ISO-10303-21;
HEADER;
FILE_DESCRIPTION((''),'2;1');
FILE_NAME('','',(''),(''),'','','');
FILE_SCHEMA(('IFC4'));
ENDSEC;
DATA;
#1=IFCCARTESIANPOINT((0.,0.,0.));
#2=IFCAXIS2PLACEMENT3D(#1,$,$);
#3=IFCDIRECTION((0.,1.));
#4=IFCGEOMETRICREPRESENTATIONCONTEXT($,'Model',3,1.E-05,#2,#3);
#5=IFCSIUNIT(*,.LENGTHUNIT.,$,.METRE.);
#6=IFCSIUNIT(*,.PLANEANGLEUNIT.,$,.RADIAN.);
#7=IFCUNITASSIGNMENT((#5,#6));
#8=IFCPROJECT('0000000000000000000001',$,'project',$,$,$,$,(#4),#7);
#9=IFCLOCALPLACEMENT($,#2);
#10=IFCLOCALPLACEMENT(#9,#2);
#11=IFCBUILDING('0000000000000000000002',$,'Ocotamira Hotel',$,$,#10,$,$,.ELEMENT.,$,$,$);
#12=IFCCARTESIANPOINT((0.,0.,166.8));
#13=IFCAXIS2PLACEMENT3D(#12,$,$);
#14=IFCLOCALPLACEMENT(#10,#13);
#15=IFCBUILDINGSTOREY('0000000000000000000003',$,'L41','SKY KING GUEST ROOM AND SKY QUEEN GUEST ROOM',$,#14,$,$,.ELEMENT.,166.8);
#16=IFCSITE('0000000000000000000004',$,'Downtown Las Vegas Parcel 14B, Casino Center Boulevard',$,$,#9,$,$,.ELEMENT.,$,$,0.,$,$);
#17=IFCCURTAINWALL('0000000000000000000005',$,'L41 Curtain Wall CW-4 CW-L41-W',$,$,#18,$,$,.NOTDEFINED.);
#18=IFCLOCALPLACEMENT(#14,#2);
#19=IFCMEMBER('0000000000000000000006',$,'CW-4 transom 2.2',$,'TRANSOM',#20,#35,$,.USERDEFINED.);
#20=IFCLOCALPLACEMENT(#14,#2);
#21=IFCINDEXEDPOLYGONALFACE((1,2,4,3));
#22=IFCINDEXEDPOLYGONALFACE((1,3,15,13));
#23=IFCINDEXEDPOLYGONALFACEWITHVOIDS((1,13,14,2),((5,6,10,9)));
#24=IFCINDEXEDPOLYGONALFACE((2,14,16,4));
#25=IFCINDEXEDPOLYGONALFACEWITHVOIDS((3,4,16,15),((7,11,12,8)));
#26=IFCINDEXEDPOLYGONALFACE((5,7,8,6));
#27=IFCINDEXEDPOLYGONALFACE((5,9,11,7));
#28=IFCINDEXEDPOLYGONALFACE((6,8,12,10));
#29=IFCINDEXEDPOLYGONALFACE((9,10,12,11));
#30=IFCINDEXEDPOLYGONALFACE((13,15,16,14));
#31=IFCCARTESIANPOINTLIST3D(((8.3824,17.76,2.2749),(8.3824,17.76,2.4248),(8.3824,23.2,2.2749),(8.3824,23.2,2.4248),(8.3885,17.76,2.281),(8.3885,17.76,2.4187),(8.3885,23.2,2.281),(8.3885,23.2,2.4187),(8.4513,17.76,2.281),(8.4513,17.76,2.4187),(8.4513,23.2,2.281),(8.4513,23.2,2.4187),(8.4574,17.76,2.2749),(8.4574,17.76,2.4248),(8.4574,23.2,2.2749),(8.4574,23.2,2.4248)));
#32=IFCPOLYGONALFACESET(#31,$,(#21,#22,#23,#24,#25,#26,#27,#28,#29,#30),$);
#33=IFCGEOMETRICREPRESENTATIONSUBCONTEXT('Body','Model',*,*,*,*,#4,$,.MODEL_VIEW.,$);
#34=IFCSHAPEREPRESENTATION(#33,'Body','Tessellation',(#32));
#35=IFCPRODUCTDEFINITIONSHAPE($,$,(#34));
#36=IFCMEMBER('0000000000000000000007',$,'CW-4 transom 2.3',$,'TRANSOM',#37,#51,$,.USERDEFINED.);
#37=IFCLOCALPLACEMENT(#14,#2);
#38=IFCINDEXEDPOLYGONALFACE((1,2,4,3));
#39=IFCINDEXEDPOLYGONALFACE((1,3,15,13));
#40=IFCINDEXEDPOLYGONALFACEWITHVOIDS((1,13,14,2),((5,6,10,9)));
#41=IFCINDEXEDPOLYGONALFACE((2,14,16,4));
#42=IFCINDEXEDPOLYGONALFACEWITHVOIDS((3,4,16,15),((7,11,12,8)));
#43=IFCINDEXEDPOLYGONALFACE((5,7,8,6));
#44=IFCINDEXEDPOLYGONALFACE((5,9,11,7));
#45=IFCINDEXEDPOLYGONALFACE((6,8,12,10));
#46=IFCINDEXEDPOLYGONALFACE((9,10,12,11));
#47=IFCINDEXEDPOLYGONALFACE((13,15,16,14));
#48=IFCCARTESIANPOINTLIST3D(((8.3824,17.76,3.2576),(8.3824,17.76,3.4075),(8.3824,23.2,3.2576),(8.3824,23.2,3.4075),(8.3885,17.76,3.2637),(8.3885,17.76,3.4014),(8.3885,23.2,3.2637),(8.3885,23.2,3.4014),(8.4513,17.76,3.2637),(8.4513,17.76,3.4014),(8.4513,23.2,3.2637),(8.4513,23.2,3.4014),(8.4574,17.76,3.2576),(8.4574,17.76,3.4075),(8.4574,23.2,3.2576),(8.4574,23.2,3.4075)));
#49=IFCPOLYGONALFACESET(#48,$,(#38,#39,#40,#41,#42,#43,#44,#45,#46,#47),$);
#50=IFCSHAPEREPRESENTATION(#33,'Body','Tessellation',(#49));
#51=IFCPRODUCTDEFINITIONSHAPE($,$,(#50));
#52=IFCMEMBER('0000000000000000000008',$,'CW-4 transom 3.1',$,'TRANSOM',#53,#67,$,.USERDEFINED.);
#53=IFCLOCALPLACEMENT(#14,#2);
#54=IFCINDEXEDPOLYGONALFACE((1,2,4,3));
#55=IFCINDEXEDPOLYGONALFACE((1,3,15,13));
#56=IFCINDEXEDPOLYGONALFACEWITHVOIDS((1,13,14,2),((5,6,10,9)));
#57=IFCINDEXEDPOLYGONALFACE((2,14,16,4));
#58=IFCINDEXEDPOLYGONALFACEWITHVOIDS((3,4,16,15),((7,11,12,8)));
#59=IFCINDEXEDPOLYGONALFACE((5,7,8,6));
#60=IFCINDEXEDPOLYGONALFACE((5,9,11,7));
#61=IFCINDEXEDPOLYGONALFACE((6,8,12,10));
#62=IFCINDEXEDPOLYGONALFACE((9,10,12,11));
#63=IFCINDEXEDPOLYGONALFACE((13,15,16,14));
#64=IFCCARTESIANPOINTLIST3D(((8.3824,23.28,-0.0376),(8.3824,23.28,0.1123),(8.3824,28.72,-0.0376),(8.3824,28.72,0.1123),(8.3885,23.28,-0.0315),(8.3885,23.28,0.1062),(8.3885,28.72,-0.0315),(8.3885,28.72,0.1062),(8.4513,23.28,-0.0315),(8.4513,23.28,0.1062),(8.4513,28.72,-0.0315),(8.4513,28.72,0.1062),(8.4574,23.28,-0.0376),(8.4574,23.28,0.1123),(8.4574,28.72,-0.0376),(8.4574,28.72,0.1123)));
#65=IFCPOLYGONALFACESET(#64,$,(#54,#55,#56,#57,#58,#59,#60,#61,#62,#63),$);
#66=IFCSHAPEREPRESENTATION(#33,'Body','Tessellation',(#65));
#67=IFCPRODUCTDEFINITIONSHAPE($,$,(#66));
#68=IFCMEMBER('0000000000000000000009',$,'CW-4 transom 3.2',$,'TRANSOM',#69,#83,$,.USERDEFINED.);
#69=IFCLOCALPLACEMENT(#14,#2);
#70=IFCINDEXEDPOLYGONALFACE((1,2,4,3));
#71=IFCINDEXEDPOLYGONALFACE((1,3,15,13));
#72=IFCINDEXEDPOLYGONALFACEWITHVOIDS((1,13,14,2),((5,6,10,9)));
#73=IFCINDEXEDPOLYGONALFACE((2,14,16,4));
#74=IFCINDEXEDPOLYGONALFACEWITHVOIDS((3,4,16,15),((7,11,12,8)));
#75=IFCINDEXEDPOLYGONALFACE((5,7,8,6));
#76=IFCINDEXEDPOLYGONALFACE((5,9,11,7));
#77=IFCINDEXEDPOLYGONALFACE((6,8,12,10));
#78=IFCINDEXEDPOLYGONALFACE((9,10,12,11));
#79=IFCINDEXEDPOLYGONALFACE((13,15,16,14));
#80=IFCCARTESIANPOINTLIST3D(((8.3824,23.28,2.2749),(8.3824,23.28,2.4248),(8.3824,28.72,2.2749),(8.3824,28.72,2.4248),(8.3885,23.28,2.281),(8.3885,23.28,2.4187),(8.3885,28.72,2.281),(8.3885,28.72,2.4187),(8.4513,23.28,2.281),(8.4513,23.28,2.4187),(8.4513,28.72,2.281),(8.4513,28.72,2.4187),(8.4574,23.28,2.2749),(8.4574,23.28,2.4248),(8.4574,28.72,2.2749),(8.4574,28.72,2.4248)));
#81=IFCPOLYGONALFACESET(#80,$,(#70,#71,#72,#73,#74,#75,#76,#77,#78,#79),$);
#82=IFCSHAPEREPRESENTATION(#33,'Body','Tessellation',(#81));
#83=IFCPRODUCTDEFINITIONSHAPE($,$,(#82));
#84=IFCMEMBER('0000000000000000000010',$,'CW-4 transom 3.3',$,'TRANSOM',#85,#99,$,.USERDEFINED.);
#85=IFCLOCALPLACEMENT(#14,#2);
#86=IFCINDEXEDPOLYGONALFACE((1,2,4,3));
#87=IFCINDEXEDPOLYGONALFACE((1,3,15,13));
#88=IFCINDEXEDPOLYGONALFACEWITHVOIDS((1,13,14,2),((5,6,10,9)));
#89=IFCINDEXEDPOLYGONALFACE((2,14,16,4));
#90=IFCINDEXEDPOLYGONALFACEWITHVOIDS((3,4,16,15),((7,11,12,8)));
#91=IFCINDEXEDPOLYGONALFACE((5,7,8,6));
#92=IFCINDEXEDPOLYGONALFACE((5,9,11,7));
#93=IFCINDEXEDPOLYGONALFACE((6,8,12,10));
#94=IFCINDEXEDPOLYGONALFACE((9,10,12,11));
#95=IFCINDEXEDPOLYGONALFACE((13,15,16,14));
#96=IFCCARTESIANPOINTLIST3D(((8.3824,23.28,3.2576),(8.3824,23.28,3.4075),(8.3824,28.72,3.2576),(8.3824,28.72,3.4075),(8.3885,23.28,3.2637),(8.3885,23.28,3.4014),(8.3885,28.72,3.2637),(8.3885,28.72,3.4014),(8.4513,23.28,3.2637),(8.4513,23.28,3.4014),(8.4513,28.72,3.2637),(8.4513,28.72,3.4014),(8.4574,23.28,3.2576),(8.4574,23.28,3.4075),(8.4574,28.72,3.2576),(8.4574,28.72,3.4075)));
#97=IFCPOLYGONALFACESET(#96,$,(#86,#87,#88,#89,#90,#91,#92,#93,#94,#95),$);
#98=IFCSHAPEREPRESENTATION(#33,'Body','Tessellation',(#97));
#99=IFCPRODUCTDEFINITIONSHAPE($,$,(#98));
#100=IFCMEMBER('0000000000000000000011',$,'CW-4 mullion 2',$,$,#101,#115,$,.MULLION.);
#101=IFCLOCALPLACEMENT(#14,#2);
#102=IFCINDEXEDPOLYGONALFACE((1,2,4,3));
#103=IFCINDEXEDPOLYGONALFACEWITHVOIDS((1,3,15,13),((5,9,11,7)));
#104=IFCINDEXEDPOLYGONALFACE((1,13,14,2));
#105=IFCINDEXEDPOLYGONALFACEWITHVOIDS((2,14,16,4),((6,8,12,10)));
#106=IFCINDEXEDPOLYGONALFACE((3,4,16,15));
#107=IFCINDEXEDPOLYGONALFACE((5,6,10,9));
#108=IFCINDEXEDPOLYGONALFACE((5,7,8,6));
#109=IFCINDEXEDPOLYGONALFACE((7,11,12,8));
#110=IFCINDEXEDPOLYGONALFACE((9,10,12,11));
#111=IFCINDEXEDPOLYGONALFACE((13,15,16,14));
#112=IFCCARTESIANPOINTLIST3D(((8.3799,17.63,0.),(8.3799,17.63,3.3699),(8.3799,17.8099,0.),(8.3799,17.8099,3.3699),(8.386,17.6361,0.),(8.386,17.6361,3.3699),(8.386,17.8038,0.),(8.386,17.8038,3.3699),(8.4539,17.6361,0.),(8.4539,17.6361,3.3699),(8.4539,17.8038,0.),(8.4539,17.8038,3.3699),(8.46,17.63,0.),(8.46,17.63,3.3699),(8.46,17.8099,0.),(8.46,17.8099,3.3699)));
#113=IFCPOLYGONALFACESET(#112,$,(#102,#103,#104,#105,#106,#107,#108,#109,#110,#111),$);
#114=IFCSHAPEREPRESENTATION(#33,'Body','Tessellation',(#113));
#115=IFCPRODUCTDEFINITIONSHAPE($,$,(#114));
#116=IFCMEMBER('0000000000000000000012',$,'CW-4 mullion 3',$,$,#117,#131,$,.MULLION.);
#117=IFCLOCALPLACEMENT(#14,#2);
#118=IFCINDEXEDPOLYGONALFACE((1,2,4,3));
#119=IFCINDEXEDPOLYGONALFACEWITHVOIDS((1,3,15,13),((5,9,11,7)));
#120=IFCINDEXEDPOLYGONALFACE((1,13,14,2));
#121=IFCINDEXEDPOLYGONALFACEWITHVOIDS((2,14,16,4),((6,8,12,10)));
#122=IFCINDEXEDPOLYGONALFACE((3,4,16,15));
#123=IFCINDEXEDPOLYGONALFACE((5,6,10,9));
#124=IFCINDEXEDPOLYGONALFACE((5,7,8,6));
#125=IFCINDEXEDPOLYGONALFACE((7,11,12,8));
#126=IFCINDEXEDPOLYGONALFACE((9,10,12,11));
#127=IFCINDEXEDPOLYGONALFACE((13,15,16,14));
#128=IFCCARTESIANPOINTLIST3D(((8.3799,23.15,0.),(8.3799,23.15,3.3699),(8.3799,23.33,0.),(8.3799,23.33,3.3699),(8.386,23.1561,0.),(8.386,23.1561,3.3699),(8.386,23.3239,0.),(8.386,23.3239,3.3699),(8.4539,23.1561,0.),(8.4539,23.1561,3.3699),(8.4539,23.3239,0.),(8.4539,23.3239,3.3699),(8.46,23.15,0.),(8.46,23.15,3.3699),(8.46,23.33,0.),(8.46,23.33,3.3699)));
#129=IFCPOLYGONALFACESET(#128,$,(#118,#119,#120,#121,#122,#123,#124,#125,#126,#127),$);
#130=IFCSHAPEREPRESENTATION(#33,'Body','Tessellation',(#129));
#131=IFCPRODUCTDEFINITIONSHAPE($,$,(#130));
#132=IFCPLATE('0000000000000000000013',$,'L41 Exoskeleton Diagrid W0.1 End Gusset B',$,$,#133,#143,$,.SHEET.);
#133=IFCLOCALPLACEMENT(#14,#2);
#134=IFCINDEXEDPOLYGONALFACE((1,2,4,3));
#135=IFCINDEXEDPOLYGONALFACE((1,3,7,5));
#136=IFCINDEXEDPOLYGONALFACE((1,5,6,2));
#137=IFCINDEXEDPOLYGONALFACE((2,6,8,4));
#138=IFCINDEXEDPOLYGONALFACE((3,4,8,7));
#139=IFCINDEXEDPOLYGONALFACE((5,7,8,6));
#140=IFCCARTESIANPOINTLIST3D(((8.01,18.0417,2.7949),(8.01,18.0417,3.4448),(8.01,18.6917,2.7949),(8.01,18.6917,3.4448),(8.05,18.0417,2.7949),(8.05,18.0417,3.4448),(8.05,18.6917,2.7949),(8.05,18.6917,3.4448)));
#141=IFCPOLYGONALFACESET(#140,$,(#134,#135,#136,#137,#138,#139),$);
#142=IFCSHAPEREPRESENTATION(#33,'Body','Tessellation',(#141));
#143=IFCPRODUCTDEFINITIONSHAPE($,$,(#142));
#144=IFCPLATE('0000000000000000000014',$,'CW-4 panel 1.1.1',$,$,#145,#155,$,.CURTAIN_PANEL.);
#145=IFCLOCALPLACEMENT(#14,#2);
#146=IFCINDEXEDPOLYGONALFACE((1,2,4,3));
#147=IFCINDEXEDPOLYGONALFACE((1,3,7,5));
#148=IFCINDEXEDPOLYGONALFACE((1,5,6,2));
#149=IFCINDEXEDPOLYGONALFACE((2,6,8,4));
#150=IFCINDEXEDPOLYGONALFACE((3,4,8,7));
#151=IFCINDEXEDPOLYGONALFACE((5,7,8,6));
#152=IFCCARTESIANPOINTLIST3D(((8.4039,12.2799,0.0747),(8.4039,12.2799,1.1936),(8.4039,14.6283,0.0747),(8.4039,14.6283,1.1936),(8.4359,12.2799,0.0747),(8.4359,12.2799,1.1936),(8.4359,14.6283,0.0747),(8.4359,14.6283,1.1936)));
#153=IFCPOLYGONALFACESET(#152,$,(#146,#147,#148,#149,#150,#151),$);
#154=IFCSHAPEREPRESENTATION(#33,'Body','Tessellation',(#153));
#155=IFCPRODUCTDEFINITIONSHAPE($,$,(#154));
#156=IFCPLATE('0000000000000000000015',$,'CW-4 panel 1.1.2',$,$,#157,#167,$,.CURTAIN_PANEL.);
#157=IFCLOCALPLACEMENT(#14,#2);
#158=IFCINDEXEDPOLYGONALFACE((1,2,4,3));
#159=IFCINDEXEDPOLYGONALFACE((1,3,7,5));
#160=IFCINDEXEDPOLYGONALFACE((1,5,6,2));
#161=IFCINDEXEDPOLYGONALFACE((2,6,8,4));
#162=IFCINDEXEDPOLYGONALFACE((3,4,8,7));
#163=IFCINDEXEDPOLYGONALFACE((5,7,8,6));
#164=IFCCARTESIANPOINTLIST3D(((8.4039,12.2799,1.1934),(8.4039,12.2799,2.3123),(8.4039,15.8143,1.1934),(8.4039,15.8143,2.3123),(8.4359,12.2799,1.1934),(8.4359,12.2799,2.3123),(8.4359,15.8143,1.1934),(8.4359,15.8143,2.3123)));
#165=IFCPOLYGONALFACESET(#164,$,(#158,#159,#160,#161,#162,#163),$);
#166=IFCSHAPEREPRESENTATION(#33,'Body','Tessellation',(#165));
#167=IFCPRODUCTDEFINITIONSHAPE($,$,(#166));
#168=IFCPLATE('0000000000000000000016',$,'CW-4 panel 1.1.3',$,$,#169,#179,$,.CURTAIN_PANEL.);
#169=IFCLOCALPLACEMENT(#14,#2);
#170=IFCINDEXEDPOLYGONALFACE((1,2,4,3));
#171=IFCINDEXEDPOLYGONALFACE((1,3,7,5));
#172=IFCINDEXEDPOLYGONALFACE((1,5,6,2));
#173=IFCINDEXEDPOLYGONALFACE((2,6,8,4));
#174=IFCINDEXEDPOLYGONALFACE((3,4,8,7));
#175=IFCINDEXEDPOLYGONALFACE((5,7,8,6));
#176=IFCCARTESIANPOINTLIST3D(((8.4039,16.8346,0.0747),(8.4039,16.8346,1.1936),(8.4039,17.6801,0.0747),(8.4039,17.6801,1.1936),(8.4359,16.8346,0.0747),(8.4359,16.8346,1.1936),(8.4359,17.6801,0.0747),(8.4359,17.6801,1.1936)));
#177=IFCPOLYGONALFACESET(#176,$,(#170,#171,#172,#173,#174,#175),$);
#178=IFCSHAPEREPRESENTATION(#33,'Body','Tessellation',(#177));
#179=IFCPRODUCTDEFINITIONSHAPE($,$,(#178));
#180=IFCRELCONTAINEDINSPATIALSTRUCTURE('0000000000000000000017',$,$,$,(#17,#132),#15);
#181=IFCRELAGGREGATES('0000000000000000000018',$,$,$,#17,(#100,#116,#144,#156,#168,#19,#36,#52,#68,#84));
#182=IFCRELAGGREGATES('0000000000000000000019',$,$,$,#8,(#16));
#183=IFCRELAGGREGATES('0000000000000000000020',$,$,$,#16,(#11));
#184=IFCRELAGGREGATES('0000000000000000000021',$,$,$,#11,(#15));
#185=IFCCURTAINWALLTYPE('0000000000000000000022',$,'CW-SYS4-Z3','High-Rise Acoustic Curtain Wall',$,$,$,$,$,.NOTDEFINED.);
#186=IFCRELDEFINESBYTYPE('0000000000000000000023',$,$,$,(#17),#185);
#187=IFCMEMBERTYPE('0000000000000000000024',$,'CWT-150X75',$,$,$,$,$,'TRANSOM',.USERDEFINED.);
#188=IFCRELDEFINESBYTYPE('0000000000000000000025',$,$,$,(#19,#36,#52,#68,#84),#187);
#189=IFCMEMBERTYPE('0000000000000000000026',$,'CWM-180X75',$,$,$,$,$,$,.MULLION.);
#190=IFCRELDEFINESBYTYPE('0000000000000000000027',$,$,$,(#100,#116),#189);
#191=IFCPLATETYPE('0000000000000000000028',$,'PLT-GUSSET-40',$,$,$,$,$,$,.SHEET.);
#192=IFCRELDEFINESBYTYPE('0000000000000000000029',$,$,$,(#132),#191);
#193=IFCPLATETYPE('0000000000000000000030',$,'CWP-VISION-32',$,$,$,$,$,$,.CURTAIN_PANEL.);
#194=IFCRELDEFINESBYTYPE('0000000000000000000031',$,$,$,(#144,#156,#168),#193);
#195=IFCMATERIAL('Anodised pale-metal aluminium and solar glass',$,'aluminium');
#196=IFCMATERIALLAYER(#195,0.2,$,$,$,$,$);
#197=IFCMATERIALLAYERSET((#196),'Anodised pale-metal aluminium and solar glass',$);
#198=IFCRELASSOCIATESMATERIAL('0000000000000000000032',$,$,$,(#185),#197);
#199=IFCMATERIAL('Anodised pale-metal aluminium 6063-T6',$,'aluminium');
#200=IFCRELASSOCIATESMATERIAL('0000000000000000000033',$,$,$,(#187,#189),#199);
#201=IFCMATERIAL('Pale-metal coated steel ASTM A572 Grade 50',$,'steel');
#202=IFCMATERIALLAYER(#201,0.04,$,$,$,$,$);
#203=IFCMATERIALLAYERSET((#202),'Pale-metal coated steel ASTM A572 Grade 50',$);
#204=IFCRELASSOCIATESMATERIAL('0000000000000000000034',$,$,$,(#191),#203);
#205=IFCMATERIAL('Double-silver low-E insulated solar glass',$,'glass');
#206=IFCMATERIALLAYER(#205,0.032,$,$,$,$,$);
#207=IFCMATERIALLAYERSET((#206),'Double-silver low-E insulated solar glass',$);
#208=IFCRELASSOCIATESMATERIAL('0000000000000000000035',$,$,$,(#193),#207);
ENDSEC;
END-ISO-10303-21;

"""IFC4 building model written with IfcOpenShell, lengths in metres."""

from ifc_helpers import new_model, si_unit, direction, frame, origin, origin_2d, place, context, subcontext, project, spatial, rectangle, hollow_rectangle, extrude, source, transform, mapped, material, layer, layer_set, material_profile, profile_set, type_object, element, aggregate, save


model = new_model("IFC4")

# Units and contexts
model_context = context("Model", 3, precision=1e-05, world=origin(), true_north=direction((0.0, 1.0)))
body_context = subcontext(model_context, "Body", "Model", "MODEL_VIEW")
ifc_project = project(units=[si_unit("LENGTHUNIT", "METRE"), si_unit("PLANEANGLEUNIT", "RADIAN")], contexts=[model_context])

# Site, building, storey
site_placement = place(None, origin())
site = spatial("IfcSite", under=ifc_project, at=site_placement, Name="Downtown Las Vegas Parcel 14B, Casino Center Boulevard", CompositionType="ELEMENT", RefElevation=0.0)
building_placement = place(site_placement, origin())
building = spatial("IfcBuilding", under=site, at=building_placement, Name="Ocotamira Hotel", CompositionType="ELEMENT")
storey_placement = place(building_placement, frame((0.0, 0.0, 166.8)))
storey = spatial("IfcBuildingStorey", under=building, at=storey_placement, Name="L41", Description="SKY KING GUEST ROOM AND SKY QUEEN GUEST ROOM", CompositionType="ELEMENT", Elevation=166.8)

# Curtain wall, members
ifc_material_1 = material(Name="Anodised pale-metal aluminium and solar glass", Category="aluminium")
ifc_layer_1 = layer(ifc_material_1, 0.2)
ifc_layer_set_1 = layer_set([ifc_layer_1], Name="Anodised pale-metal aluminium and solar glass")
curtain_wall_type = type_object("IfcCurtainWallType", Name="CW-SYS4-Z3", Description="High-Rise Acoustic Curtain Wall", PredefinedType="NOTDEFINED", material=ifc_layer_set_1)
curtain_wall_placement = place(storey_placement, origin())
curtain_wall = element("IfcCurtainWall", 1, at=curtain_wall_placement, inside=storey, type_object=curtain_wall_type, Name="L41 Curtain Wall CW-4 CW-L41-W", PredefinedType="NOTDEFINED")
ifc_material_2 = material(Name="Anodised pale-metal aluminium 6063-T6", Category="aluminium")
ifc_material_profile_1 = material_profile(ifc_material_2, hollow_rectangle(XDim=0.075, YDim=0.1499, WallThickness=0.0061, at=origin_2d()), Name="HSS150X75X6")
ifc_profile_set_1 = profile_set([ifc_material_profile_1], Name="Anodised pale-metal aluminium 6063-T6")
member_type_1 = type_object("IfcMemberType", Name="CWT-150X75", ElementType="TRANSOM", PredefinedType="USERDEFINED", material=ifc_profile_set_1)
shared_shape_1 = source(origin(), body_context, "Body", "SweptSolid", [
    extrude(hollow_rectangle(XDim=0.075, YDim=0.1499, WallThickness=0.0061, at=origin_2d()), origin(), (0.0, 0.0, 1.0), 5.4399),
])
member_1_placement = place(storey_placement, frame((8.4199, 17.76, 2.3499), z_axis=(0.0, 1.0, 0.0), x_axis=(-1.0, 0.0, 0.0)))
member_1 = element("IfcMember", 2, at=member_1_placement, type_object=member_type_1, Name="CW-4 transom 2.2", ObjectType="TRANSOM", PredefinedType="USERDEFINED", context=body_context, shape_type="MappedRepresentation", body=[
    mapped(shared_shape_1, transform((0.0, 0.0, 0.0), scale=1.0)),
])
member_2_placement = place(storey_placement, frame((8.4199, 17.76, 3.3325), z_axis=(0.0, 1.0, 0.0), x_axis=(-1.0, 0.0, 0.0)))
member_2 = element("IfcMember", 3, at=member_2_placement, type_object=member_type_1, Name="CW-4 transom 2.3", ObjectType="TRANSOM", PredefinedType="USERDEFINED", context=body_context, shape_type="MappedRepresentation", body=[
    mapped(shared_shape_1, transform((0.0, 0.0, 0.0), scale=1.0)),
])
member_3_placement = place(storey_placement, frame((8.4199, 23.28, 0.0374), z_axis=(0.0, 1.0, 0.0), x_axis=(-1.0, 0.0, 0.0)))
member_3 = element("IfcMember", 4, at=member_3_placement, type_object=member_type_1, Name="CW-4 transom 3.1", ObjectType="TRANSOM", PredefinedType="USERDEFINED", context=body_context, shape_type="MappedRepresentation", body=[
    mapped(shared_shape_1, transform((0.0, 0.0, 0.0), scale=1.0)),
])
member_4_placement = place(storey_placement, frame((8.4199, 23.28, 2.3499), z_axis=(0.0, 1.0, 0.0), x_axis=(-1.0, 0.0, 0.0)))
member_4 = element("IfcMember", 5, at=member_4_placement, type_object=member_type_1, Name="CW-4 transom 3.2", ObjectType="TRANSOM", PredefinedType="USERDEFINED", context=body_context, shape_type="MappedRepresentation", body=[
    mapped(shared_shape_1, transform((0.0, 0.0, 0.0), scale=1.0)),
])
member_5_placement = place(storey_placement, frame((8.4199, 23.28, 3.3325), z_axis=(0.0, 1.0, 0.0), x_axis=(-1.0, 0.0, 0.0)))
member_5 = element("IfcMember", 6, at=member_5_placement, type_object=member_type_1, Name="CW-4 transom 3.3", ObjectType="TRANSOM", PredefinedType="USERDEFINED", context=body_context, shape_type="MappedRepresentation", body=[
    mapped(shared_shape_1, transform((0.0, 0.0, 0.0), scale=1.0)),
])
ifc_material_profile_2 = material_profile(ifc_material_2, hollow_rectangle(XDim=0.0801, YDim=0.1799, WallThickness=0.0061, at=origin_2d()), Name="HSS180X80X6")
ifc_profile_set_2 = profile_set([ifc_material_profile_2], Name="Anodised pale-metal aluminium 6063-T6")
member_type_2 = type_object("IfcMemberType", Name="CWM-180X75", PredefinedType="MULLION", material=ifc_profile_set_2)
shared_shape_2 = source(origin(), body_context, "Body", "SweptSolid", [
    extrude(hollow_rectangle(XDim=0.0801, YDim=0.1799, WallThickness=0.0061, at=origin_2d()), origin(), (0.0, 0.0, 1.0), 3.3699),
])
member_6_placement = place(storey_placement, frame((8.4199, 17.72, 0.0), z_axis=(0.0, 0.0, 1.0), x_axis=(-1.0, 0.0, 0.0)))
member_6 = element("IfcMember", 7, at=member_6_placement, type_object=member_type_2, Name="CW-4 mullion 2", PredefinedType="MULLION", context=body_context, shape_type="MappedRepresentation", body=[
    mapped(shared_shape_2, transform((0.0, 0.0, 0.0), scale=1.0)),
])
member_7_placement = place(storey_placement, frame((8.4199, 23.24, 0.0), z_axis=(0.0, 0.0, 1.0), x_axis=(-1.0, 0.0, 0.0)))
member_7 = element("IfcMember", 8, at=member_7_placement, type_object=member_type_2, Name="CW-4 mullion 3", PredefinedType="MULLION", context=body_context, shape_type="MappedRepresentation", body=[
    mapped(shared_shape_2, transform((0.0, 0.0, 0.0), scale=1.0)),
])

# Plates
ifc_material_3 = material(Name="Pale-metal coated steel ASTM A572 Grade 50", Category="steel")
ifc_layer_2 = layer(ifc_material_3, 0.04)
ifc_layer_set_2 = layer_set([ifc_layer_2], Name="Pale-metal coated steel ASTM A572 Grade 50")
plate_type_1 = type_object("IfcPlateType", Name="PLT-GUSSET-40", PredefinedType="SHEET", material=ifc_layer_set_2)
shared_shape_3 = source(origin(), body_context, "Body", "SweptSolid", [
    extrude(rectangle(XDim=0.04, YDim=0.6499, at=origin_2d()), origin(), (0.0, 0.0, 1.0), 0.6499),
])
plate_1_placement = place(storey_placement, frame((8.03, 18.3667, 2.7949), z_axis=(0.0, 0.0, 1.0), x_axis=(1.0, 0.0, 0.0)))
element("IfcPlate", 9, at=plate_1_placement, inside=storey, type_object=plate_type_1, Name="L41 Exoskeleton Diagrid W0.1 End Gusset B", PredefinedType="SHEET", context=body_context, shape_type="MappedRepresentation", body=[
    mapped(shared_shape_3, transform((0.0, 0.0, 0.0), scale=1.0)),
])
ifc_material_4 = material(Name="Double-silver low-E insulated solar glass", Category="glass")
ifc_layer_3 = layer(ifc_material_4, 0.032)
ifc_layer_set_3 = layer_set([ifc_layer_3], Name="Double-silver low-E insulated solar glass")
plate_type_2 = type_object("IfcPlateType", Name="CWP-VISION-32", PredefinedType="CURTAIN_PANEL", material=ifc_layer_set_3)
shared_shape_4 = source(origin(), body_context, "Body", "SweptSolid", [
    extrude(rectangle(XDim=2.3484, YDim=0.032, at=origin_2d()), origin(), (0.0, 0.0, 1.0), 1.1189),
])
plate_2_placement = place(storey_placement, frame((8.4199, 13.4541, 0.0747), z_axis=(0.0, 0.0, 1.0), x_axis=(0.0, 1.0, 0.0)))
plate_2 = element("IfcPlate", 10, at=plate_2_placement, type_object=plate_type_2, Name="CW-4 panel 1.1.1", PredefinedType="CURTAIN_PANEL", context=body_context, shape_type="MappedRepresentation", body=[
    mapped(shared_shape_4, transform((0.0, 0.0, 0.0), scale=1.0)),
])
shared_shape_5 = source(origin(), body_context, "Body", "SweptSolid", [
    extrude(rectangle(XDim=3.5344, YDim=0.032, at=origin_2d()), origin(), (0.0, 0.0, 1.0), 1.1189),
])
plate_3_placement = place(storey_placement, frame((8.4199, 14.0471, 1.1934), z_axis=(0.0, 0.0, 1.0), x_axis=(0.0, 1.0, 0.0)))
plate_3 = element("IfcPlate", 11, at=plate_3_placement, type_object=plate_type_2, Name="CW-4 panel 1.1.2", PredefinedType="CURTAIN_PANEL", context=body_context, shape_type="MappedRepresentation", body=[
    mapped(shared_shape_5, transform((0.0, 0.0, 0.0), scale=1.0)),
])
shared_shape_6 = source(origin(), body_context, "Body", "SweptSolid", [
    extrude(rectangle(XDim=0.8455, YDim=0.032, at=origin_2d()), origin(), (0.0, 0.0, 1.0), 1.1189),
])
plate_4_placement = place(storey_placement, frame((8.4199, 17.2573, 0.0747), z_axis=(0.0, 0.0, 1.0), x_axis=(0.0, 1.0, 0.0)))
plate_4 = element("IfcPlate", 12, at=plate_4_placement, type_object=plate_type_2, Name="CW-4 panel 1.1.3", PredefinedType="CURTAIN_PANEL", context=body_context, shape_type="MappedRepresentation", body=[
    mapped(shared_shape_6, transform((0.0, 0.0, 0.0), scale=1.0)),
])
aggregate(curtain_wall, [member_6, member_7, plate_2, plate_3, plate_4, member_1, member_2, member_3, member_4, member_5])

save(model, "model.ifc")
